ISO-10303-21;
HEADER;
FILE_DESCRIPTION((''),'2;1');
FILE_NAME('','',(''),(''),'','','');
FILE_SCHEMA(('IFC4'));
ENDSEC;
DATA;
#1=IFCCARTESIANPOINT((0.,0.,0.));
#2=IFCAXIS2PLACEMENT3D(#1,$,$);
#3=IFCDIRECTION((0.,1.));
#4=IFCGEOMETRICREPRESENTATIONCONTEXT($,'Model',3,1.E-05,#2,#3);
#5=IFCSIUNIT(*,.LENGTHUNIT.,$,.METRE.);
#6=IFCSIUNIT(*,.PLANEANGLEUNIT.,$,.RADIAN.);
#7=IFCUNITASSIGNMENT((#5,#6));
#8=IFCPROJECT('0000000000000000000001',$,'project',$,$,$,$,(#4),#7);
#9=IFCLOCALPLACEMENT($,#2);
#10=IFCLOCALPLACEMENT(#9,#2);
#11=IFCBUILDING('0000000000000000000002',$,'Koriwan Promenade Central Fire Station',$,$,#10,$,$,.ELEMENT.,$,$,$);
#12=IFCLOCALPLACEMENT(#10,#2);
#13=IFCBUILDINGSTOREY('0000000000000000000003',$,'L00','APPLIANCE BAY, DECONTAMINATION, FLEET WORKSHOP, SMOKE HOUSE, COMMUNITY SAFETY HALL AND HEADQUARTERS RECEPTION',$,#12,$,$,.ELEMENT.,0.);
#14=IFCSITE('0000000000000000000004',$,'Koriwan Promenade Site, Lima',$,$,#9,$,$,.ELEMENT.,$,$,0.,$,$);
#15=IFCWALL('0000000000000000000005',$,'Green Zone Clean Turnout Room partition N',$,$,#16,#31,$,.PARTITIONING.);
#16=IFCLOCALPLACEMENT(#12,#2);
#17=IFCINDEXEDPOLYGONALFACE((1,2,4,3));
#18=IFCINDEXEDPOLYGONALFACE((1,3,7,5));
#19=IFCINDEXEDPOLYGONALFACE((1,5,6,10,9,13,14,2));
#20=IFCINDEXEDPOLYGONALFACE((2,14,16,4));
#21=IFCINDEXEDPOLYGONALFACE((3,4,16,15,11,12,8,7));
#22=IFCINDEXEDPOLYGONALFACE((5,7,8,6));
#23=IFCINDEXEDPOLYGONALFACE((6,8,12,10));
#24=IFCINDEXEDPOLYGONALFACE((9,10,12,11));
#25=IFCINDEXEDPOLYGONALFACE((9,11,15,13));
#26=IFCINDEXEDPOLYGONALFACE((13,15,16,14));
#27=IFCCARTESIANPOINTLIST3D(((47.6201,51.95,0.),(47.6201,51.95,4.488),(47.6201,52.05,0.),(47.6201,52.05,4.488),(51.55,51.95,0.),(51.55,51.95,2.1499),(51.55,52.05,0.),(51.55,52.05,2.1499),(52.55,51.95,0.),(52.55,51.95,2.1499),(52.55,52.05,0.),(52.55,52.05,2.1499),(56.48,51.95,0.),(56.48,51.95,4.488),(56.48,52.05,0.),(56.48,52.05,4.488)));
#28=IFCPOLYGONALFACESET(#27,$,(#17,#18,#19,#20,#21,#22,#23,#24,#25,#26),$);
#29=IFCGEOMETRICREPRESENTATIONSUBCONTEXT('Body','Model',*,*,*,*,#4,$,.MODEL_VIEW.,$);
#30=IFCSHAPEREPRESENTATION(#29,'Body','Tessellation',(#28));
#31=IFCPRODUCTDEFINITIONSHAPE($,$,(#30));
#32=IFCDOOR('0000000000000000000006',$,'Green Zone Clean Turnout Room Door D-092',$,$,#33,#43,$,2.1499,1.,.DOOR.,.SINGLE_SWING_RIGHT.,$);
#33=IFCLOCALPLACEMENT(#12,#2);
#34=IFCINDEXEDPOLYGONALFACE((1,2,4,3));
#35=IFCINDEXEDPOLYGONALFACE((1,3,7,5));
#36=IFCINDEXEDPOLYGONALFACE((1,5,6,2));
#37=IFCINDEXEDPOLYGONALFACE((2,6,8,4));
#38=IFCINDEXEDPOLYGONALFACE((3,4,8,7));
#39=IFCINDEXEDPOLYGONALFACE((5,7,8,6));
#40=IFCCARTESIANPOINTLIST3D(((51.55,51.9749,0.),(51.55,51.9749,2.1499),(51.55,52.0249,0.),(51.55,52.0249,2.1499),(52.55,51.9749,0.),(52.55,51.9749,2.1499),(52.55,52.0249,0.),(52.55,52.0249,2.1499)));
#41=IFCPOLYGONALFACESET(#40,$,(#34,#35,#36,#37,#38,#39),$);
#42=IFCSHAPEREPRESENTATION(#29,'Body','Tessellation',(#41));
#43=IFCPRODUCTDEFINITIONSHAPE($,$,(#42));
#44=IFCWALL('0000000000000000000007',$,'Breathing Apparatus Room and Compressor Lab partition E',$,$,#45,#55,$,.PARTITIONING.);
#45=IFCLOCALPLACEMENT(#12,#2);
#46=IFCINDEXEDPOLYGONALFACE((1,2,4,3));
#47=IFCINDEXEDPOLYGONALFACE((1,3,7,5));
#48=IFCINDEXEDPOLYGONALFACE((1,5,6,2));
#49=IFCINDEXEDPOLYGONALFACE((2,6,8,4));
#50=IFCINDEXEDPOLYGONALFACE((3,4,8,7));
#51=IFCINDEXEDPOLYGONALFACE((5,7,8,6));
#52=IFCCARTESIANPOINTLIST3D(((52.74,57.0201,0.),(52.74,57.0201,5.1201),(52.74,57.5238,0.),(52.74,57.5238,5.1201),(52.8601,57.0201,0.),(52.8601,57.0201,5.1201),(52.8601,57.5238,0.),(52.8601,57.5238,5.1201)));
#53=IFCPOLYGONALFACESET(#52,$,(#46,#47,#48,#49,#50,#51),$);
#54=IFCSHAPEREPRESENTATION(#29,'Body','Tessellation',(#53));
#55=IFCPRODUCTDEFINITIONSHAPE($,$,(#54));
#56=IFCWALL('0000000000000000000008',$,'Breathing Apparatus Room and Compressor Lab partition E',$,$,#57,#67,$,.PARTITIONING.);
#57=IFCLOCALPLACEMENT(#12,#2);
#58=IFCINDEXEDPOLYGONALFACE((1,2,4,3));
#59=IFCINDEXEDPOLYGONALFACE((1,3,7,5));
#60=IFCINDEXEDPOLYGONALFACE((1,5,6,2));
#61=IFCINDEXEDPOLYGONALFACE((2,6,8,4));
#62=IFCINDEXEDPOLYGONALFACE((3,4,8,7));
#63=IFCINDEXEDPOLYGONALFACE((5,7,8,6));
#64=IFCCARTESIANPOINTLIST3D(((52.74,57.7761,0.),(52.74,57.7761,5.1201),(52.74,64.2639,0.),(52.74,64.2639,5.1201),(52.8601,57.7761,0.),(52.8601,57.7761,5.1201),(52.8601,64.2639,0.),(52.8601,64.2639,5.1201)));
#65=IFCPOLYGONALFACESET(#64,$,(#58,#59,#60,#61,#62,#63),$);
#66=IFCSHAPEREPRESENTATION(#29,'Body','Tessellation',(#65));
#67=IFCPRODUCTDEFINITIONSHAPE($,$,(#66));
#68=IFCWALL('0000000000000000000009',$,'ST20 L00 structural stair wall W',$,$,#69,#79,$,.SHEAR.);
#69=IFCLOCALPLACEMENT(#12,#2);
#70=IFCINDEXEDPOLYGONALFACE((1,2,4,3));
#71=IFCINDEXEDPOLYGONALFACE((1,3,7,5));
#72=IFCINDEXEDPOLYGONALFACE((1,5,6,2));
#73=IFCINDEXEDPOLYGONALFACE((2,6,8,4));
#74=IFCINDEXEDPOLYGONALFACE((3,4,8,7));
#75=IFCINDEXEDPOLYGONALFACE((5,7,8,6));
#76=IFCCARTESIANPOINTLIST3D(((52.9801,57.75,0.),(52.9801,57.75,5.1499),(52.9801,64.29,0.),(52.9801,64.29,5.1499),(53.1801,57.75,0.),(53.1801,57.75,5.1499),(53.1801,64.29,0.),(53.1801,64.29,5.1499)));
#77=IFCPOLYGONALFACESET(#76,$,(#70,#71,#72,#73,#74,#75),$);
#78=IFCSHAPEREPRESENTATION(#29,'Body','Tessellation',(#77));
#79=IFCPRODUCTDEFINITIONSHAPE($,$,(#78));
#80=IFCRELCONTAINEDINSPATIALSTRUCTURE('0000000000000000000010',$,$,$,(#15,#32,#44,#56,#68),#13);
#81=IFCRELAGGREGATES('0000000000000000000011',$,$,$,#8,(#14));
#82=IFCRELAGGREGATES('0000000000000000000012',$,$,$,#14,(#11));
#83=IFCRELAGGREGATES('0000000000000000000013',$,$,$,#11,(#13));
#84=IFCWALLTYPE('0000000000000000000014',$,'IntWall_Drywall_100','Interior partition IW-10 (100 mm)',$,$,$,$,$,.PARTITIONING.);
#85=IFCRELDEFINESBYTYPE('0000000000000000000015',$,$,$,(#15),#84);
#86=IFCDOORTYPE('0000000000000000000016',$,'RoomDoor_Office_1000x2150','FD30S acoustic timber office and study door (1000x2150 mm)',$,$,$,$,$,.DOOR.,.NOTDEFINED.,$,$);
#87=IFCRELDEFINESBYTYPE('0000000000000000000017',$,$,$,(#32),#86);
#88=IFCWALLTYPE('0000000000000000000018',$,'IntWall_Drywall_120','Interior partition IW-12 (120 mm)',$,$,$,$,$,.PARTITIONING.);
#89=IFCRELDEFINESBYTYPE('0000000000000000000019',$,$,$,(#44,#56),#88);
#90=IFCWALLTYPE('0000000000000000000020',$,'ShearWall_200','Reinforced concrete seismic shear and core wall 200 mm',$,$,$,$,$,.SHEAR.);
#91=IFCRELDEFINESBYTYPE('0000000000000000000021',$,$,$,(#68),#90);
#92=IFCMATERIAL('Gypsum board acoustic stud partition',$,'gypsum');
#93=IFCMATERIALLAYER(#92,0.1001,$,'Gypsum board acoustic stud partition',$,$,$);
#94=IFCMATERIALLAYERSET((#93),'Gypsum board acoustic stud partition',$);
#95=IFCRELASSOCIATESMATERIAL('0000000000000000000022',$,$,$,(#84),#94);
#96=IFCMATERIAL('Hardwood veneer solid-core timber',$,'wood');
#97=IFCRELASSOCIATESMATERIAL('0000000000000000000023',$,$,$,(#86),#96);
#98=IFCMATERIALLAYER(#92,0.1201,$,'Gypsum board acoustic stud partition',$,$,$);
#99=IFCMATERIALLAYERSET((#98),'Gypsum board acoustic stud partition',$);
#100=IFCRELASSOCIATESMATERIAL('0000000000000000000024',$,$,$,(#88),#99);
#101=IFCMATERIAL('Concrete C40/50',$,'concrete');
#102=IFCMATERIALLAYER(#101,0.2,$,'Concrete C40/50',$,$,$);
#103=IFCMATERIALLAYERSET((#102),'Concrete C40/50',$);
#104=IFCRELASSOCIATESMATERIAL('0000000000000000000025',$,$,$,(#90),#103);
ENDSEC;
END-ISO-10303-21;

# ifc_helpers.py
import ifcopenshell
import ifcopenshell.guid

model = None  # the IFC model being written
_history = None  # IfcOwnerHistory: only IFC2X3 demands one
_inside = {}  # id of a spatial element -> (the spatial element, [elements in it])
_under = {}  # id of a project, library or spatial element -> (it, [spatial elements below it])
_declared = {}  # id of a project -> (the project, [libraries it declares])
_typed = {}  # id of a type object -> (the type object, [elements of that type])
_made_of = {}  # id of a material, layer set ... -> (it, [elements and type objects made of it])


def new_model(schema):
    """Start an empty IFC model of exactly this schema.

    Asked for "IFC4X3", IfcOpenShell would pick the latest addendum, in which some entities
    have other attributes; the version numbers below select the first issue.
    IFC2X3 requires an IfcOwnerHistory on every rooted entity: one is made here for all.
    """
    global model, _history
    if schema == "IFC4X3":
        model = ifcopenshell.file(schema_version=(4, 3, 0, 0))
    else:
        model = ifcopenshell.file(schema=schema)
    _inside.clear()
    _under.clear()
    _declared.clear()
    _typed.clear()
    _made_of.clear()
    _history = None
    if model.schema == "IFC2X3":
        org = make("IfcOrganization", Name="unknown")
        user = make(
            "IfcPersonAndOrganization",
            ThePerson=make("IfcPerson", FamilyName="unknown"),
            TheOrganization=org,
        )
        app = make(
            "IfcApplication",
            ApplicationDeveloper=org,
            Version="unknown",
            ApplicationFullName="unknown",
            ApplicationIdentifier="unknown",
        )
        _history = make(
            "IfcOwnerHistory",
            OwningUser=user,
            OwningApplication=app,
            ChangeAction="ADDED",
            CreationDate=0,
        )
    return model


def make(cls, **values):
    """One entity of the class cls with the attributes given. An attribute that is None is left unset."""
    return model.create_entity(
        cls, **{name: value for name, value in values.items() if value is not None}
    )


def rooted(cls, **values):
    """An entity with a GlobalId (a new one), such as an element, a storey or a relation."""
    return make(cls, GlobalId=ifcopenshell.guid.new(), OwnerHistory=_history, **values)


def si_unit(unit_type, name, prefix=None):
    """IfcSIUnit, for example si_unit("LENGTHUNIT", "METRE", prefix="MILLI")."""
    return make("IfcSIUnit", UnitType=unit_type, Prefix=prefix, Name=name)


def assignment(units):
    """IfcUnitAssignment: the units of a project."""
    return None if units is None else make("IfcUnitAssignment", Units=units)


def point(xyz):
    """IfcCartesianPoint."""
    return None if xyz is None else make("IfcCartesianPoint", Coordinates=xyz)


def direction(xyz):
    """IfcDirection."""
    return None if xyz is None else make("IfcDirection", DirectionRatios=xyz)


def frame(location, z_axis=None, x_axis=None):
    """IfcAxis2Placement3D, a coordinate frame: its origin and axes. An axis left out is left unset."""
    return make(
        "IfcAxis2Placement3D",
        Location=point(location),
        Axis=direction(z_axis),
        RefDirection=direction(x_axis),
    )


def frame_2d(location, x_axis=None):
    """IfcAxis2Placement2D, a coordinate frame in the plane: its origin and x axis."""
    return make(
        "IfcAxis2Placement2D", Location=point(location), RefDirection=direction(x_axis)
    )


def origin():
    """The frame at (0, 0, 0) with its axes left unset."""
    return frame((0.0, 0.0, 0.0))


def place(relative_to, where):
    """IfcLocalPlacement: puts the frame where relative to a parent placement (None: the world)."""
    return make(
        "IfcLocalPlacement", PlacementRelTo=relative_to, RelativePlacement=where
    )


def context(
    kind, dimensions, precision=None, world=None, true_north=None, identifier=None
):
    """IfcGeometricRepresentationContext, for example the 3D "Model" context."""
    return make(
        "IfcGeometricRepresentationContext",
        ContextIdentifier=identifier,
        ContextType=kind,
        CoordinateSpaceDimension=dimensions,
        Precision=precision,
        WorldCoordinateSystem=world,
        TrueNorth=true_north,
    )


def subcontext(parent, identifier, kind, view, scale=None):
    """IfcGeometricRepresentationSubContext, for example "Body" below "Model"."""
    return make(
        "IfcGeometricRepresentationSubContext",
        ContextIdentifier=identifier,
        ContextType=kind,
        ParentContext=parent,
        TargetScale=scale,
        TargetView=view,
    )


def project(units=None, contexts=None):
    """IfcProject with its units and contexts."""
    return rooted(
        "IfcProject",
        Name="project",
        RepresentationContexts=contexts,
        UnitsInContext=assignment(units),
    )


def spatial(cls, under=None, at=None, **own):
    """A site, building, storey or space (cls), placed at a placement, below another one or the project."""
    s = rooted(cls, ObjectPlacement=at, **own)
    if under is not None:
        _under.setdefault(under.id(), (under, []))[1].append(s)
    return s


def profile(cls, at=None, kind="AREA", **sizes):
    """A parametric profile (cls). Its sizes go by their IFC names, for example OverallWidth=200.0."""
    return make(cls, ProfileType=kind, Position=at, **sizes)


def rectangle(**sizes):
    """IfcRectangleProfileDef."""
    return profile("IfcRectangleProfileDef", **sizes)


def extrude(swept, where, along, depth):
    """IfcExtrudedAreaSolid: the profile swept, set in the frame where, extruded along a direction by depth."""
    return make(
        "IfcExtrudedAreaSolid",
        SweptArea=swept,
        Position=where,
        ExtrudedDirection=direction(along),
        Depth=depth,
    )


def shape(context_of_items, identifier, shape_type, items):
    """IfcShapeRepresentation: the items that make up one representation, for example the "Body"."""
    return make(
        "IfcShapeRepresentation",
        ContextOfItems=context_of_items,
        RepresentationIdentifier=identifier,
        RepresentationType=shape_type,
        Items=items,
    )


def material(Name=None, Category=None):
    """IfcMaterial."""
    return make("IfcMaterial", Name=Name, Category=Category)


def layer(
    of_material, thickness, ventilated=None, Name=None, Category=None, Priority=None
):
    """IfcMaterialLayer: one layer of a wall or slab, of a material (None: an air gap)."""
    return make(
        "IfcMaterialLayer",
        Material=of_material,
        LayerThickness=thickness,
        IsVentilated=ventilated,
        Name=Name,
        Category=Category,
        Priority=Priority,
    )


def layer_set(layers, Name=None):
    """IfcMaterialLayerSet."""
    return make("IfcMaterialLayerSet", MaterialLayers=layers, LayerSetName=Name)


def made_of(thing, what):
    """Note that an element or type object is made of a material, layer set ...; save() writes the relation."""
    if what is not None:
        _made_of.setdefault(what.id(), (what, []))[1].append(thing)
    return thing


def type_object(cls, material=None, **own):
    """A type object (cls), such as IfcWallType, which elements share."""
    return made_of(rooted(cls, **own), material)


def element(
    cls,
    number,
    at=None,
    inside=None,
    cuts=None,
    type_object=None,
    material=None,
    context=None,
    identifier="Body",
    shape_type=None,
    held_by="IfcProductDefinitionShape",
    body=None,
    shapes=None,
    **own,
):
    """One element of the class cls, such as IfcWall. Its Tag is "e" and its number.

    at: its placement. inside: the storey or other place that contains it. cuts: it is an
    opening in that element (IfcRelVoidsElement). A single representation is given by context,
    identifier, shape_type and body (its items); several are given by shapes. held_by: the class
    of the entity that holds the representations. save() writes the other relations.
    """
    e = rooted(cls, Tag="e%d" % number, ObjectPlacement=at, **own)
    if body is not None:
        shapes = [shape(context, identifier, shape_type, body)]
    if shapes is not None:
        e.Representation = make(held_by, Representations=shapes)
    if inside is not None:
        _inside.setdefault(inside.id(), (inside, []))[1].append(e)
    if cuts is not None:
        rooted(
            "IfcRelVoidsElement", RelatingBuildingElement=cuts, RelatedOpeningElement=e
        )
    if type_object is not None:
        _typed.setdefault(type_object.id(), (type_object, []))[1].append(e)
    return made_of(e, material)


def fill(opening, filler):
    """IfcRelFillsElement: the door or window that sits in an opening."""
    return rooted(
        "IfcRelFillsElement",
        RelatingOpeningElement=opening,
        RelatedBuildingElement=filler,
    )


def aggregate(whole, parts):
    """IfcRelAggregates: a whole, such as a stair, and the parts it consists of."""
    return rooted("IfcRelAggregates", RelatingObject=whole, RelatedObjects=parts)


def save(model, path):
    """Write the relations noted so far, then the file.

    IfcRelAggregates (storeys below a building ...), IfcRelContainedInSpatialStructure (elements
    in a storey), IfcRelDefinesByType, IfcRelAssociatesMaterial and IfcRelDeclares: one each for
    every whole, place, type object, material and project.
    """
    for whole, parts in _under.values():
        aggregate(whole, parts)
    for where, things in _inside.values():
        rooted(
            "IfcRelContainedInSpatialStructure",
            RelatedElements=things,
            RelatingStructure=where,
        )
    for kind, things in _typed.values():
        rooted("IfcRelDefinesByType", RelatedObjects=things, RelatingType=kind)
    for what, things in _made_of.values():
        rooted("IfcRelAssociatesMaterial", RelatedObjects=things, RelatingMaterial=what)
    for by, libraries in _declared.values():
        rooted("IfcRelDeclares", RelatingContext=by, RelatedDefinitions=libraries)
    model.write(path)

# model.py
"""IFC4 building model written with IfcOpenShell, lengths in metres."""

from ifc_helpers import new_model, si_unit, direction, frame, frame_2d, origin, place, context, subcontext, project, spatial, rectangle, extrude, material, layer, layer_set, type_object, element, fill, save


model = new_model("IFC4")

# Units and contexts
model_context = context("Model", 3, precision=1e-05, world=origin(), true_north=direction((0.0, 1.0)))
body_context = subcontext(model_context, "Body", "Model", "MODEL_VIEW")
ifc_project = project(units=[si_unit("LENGTHUNIT", "METRE"), si_unit("PLANEANGLEUNIT", "RADIAN")], contexts=[model_context])

# Site, building, storey
site_placement = place(None, origin())
site = spatial("IfcSite", under=ifc_project, at=site_placement, Name="Koriwan Promenade Site, Lima", CompositionType="ELEMENT", RefElevation=0.0)
building_placement = place(site_placement, origin())
building = spatial("IfcBuilding", under=site, at=building_placement, Name="Koriwan Promenade Central Fire Station", CompositionType="ELEMENT")
storey_placement = place(building_placement, origin())
storey = spatial("IfcBuildingStorey", under=building, at=storey_placement, Name="L00", Description="APPLIANCE BAY, DECONTAMINATION, FLEET WORKSHOP, SMOKE HOUSE, COMMUNITY SAFETY HALL AND HEADQUARTERS RECEPTION", CompositionType="ELEMENT", Elevation=0.0)

# Shared definitions
ifc_material_1 = material(Name="Concrete C40/50", Category="concrete")

# Wall, opening, door
ifc_material_2 = material(Name="Gypsum board acoustic stud partition", Category="gypsum")
ifc_layer_1 = layer(ifc_material_2, 0.1001, Name="Gypsum board acoustic stud partition")
ifc_layer_set_1 = layer_set([ifc_layer_1], Name="Gypsum board acoustic stud partition")
wall_type_1 = type_object("IfcWallType", Name="IntWall_Drywall_100", Description="Interior partition IW-10 (100 mm)", PredefinedType="PARTITIONING", material=ifc_layer_set_1)
wall_1_placement = place(storey_placement, frame((47.6201, 52.0, 0.0), z_axis=(0.0, 0.0, 1.0), x_axis=(1.0, 0.0, 0.0)))
wall_1 = element("IfcWall", 1, at=wall_1_placement, inside=storey, type_object=wall_type_1, Name="Green Zone Clean Turnout Room partition N", PredefinedType="PARTITIONING", context=body_context, shape_type="SweptSolid", body=[
    extrude(rectangle(XDim=8.8599, YDim=0.1001, at=frame_2d((4.4299, 0.0))), origin(), (0.0, 0.0, 1.0), 4.488),
])
opening_1_placement = place(wall_1_placement, frame((3.9299, 0.0, 0.0)))
opening_1 = element("IfcOpeningElement", 2, at=opening_1_placement, cuts=wall_1, PredefinedType="OPENING", context=body_context, shape_type="SweptSolid", body=[
    extrude(rectangle(XDim=1.0, YDim=2.1499, at=frame_2d((0.5, 1.075))), frame((0.0, 0.062, 0.0), z_axis=(0.0, -1.0, 0.0), x_axis=(1.0, 0.0, 0.0)), (0.0, 0.0, 1.0), 0.124),
])
ifc_material_3 = material(Name="Hardwood veneer solid-core timber", Category="wood")
door_type_1 = type_object("IfcDoorType", Name="RoomDoor_Office_1000x2150", Description="FD30S acoustic timber office and study door (1000x2150 mm)", OperationType="NOTDEFINED", PredefinedType="DOOR", material=ifc_material_3)
door_1_placement = place(opening_1_placement, origin())
door_1 = element("IfcDoor", 3, at=door_1_placement, inside=storey, type_object=door_type_1, Name="Green Zone Clean Turnout Room Door D-092", OperationType="SINGLE_SWING_RIGHT", OverallHeight=2.1499, OverallWidth=1.0, PredefinedType="DOOR", context=body_context, shape_type="SweptSolid", body=[
    extrude(rectangle(XDim=1.0, YDim=2.1499, at=frame_2d((0.5, 1.075))), frame((0.0, 0.0249, 0.0), z_axis=(0.0, -1.0, 0.0), x_axis=(1.0, 0.0, 0.0)), (0.0, 0.0, 1.0), 0.05),
])
fill(opening_1, door_1)

# Walls
ifc_layer_2 = layer(ifc_material_2, 0.1201, Name="Gypsum board acoustic stud partition")
ifc_layer_set_2 = layer_set([ifc_layer_2], Name="Gypsum board acoustic stud partition")
wall_type_2 = type_object("IfcWallType", Name="IntWall_Drywall_120", Description="Interior partition IW-12 (120 mm)", PredefinedType="PARTITIONING", material=ifc_layer_set_2)
wall_2_placement = place(storey_placement, frame((52.8, 57.02, 0.0), z_axis=(0.0, 0.0, 1.0), x_axis=(0.0, 1.0, 0.0)))
element("IfcWall", 4, at=wall_2_placement, inside=storey, type_object=wall_type_2, Name="Breathing Apparatus Room and Compressor Lab partition E", PredefinedType="PARTITIONING", context=body_context, shape_type="SweptSolid", body=[
    extrude(rectangle(XDim=0.5037, YDim=0.1201, at=frame_2d((0.252, 0.0))), origin(), (0.0, 0.0, 1.0), 5.1201),
])
wall_3_placement = place(storey_placement, frame((52.8, 57.7761, 0.0), z_axis=(0.0, 0.0, 1.0), x_axis=(0.0, 1.0, 0.0)))
element("IfcWall", 5, at=wall_3_placement, inside=storey, type_object=wall_type_2, Name="Breathing Apparatus Room and Compressor Lab partition E", PredefinedType="PARTITIONING", context=body_context, shape_type="SweptSolid", body=[
    extrude(rectangle(XDim=6.4878, YDim=0.1201, at=frame_2d((3.2439, 0.0))), origin(), (0.0, 0.0, 1.0), 5.1201),
])

# Shared definitions
ifc_layer_3 = layer(ifc_material_1, 0.2, Name="Concrete C40/50")
ifc_layer_set_3 = layer_set([ifc_layer_3], Name="Concrete C40/50")
wall_type_3 = type_object("IfcWallType", Name="ShearWall_200", Description="Reinforced concrete seismic shear and core wall 200 mm", PredefinedType="SHEAR", material=ifc_layer_set_3)

# Wall
wall_4_placement = place(storey_placement, frame((53.0801, 57.75, 0.0), z_axis=(0.0, 0.0, 1.0), x_axis=(0.0, 1.0, 0.0)))
element("IfcWall", 6, at=wall_4_placement, inside=storey, type_object=wall_type_3, Name="ST20 L00 structural stair wall W", PredefinedType="SHEAR", context=body_context, shape_type="SweptSolid", body=[
    extrude(rectangle(XDim=6.54, YDim=0.2, at=frame_2d((3.27, 0.0))), origin(), (0.0, 0.0, 1.0), 5.1499),
])

save(model, "model.ifc")
